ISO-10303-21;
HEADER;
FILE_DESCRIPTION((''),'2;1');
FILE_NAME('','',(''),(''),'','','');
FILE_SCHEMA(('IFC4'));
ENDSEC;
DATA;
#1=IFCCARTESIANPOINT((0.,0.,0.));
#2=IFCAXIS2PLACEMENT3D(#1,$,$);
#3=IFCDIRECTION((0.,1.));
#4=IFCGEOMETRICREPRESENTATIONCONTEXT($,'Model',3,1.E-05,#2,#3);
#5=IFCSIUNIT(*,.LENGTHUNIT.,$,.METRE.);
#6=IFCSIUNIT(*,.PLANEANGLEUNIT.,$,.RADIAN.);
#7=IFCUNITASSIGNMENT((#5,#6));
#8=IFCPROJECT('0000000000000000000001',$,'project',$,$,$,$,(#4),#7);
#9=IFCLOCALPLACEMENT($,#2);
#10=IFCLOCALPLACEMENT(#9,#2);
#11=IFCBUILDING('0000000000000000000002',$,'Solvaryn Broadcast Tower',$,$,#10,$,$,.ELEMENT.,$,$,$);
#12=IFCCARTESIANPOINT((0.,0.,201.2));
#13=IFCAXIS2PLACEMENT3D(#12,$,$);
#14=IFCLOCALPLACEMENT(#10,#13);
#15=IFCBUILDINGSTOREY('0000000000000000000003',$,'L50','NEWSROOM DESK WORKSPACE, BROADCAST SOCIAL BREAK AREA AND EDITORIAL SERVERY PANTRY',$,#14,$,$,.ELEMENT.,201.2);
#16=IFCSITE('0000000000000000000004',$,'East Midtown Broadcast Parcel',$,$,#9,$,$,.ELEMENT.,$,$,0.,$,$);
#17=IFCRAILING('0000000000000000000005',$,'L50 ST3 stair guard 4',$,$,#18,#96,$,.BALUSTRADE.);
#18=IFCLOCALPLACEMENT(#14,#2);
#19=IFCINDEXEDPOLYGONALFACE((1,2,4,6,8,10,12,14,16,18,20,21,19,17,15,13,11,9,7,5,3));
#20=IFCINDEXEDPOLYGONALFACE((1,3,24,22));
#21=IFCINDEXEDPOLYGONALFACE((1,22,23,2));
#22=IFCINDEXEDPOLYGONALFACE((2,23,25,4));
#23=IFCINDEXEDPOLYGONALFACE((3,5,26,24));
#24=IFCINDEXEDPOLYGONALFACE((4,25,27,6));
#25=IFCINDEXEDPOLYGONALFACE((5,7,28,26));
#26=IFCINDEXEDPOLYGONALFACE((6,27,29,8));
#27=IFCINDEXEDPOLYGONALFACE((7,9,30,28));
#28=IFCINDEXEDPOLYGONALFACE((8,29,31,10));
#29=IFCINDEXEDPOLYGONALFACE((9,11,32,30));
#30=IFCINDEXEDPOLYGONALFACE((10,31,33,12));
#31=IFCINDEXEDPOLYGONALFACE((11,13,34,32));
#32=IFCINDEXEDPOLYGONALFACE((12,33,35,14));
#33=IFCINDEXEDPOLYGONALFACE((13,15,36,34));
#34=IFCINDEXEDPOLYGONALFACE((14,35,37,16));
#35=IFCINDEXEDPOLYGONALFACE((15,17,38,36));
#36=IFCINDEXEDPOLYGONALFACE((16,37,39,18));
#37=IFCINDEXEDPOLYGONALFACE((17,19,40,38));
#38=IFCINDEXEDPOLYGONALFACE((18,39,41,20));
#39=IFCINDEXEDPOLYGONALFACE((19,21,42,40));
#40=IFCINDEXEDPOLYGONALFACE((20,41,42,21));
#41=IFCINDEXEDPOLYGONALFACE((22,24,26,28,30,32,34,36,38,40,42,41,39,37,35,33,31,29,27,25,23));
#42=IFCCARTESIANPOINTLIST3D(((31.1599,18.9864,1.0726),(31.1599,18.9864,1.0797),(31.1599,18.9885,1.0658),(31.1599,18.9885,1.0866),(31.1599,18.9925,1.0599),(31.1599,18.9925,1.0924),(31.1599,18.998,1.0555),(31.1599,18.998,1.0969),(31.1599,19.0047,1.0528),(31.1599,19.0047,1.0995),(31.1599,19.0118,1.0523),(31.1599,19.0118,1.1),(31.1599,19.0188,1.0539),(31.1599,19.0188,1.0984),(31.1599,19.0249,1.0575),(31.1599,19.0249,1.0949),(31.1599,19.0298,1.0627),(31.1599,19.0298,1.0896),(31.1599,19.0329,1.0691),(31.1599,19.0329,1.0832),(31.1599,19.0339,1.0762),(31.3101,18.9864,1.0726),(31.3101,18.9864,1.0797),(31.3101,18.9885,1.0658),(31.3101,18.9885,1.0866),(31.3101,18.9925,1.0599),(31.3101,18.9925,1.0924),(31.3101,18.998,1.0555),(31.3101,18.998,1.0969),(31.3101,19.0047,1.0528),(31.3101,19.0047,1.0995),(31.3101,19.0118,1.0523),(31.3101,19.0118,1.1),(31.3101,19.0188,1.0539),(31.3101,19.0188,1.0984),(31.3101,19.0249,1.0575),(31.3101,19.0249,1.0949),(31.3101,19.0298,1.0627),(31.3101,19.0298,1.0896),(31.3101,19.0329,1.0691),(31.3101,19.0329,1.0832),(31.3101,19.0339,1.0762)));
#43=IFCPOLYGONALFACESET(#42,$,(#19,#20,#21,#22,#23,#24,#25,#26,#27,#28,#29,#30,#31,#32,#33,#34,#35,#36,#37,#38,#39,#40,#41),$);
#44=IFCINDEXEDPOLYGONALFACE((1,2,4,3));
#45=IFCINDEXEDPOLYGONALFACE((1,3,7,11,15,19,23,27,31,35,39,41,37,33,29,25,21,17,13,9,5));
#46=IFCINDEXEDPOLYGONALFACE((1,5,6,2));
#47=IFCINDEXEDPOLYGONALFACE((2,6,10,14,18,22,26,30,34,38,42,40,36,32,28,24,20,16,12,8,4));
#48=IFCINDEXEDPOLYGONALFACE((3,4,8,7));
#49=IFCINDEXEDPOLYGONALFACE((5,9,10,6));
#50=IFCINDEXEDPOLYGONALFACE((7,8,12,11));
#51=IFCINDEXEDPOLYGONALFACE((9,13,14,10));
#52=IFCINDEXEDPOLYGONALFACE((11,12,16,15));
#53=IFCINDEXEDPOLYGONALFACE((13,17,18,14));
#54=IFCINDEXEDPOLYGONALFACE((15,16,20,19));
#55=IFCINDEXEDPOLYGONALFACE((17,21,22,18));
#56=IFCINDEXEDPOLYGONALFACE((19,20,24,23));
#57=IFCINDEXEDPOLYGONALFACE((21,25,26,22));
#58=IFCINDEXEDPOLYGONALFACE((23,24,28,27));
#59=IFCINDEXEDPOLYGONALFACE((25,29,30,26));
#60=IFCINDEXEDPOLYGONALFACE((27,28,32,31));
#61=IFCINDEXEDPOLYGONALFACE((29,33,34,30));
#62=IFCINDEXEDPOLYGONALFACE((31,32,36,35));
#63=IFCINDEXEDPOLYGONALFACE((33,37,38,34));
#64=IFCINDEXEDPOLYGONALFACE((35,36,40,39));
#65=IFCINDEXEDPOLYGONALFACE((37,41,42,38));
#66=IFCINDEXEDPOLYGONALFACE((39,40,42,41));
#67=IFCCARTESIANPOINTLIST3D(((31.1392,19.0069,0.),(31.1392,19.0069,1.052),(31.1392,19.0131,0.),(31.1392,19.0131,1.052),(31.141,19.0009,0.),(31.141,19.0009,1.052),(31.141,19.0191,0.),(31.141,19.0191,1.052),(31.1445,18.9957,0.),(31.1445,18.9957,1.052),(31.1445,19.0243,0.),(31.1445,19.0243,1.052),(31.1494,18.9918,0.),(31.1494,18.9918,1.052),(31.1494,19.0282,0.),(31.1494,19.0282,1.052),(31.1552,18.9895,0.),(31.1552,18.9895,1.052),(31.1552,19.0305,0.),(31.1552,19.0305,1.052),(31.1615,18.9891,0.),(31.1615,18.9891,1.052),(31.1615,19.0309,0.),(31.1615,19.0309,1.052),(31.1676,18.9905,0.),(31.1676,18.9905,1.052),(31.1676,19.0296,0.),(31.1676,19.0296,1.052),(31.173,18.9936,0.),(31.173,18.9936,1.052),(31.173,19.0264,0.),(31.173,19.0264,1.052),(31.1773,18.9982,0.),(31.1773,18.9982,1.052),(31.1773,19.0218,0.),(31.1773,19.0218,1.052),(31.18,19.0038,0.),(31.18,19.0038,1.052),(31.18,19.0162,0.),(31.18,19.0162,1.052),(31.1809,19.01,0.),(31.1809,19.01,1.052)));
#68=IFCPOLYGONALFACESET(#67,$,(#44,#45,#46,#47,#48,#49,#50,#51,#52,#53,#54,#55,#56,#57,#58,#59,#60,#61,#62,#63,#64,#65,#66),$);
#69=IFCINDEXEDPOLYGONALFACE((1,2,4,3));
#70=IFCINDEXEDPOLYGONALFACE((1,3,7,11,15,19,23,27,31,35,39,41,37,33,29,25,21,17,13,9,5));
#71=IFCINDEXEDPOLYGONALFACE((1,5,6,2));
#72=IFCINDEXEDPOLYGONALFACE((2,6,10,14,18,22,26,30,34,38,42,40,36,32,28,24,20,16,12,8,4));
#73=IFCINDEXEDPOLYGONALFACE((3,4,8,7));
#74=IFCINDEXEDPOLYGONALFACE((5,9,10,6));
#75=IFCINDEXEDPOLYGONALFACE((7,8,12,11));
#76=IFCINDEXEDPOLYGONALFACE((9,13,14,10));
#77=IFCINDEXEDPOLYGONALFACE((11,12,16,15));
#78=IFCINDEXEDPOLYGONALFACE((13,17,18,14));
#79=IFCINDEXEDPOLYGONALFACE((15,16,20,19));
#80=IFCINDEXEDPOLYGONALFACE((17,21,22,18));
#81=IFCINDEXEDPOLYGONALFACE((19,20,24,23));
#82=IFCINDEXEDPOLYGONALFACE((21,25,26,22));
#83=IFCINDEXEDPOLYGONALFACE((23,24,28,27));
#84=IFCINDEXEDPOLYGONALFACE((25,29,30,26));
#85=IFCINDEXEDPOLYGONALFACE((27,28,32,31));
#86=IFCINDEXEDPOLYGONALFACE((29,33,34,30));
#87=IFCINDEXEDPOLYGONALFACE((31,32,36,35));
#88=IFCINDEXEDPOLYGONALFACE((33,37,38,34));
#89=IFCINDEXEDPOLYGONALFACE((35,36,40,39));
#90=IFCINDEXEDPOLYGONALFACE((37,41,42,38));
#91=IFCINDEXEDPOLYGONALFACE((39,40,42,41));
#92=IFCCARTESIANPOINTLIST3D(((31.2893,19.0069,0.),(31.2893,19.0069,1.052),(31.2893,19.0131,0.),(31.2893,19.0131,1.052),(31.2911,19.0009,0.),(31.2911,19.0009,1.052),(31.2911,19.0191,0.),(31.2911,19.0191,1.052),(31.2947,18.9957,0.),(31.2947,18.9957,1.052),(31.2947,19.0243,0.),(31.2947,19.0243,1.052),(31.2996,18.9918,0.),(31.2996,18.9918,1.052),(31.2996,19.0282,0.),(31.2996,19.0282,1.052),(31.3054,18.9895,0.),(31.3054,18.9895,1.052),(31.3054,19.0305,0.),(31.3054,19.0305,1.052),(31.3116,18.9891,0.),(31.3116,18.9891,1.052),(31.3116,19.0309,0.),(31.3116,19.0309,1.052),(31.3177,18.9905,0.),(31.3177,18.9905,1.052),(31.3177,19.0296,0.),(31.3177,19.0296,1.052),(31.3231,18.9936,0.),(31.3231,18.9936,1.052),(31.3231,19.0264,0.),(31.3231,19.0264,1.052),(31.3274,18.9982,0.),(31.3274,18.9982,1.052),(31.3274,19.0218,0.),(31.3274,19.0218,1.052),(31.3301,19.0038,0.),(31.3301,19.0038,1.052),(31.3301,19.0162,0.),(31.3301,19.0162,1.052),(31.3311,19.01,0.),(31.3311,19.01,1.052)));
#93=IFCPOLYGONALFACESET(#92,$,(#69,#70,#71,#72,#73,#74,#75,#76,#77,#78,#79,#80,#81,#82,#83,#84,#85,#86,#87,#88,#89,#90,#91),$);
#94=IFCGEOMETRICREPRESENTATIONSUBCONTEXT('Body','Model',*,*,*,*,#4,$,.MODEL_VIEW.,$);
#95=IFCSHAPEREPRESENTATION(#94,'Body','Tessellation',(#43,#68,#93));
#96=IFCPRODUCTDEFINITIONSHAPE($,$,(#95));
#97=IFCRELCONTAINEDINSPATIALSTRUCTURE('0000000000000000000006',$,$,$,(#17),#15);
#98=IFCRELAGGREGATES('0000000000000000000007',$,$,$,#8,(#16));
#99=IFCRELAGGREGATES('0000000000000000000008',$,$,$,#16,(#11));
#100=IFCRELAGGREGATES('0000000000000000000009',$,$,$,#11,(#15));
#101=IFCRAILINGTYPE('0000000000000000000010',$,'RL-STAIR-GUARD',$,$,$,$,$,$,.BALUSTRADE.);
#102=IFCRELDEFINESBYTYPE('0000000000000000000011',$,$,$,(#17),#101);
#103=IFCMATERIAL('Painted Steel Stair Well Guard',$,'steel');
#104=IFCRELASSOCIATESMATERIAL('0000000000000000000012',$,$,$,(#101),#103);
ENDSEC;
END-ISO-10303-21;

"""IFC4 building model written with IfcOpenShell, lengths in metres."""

from ifc_helpers import new_model, si_unit, direction, frame, origin, origin_2d, place, context, subcontext, project, spatial, circle, extrude, material, type_object, element, save


model = new_model("IFC4")

# Units and contexts
model_context = context("Model", 3, precision=1e-05, world=origin(), true_north=direction((0.0, 1.0)))
body_context = subcontext(model_context, "Body", "Model", "MODEL_VIEW")
ifc_project = project(units=[si_unit("LENGTHUNIT", "METRE"), si_unit("PLANEANGLEUNIT", "RADIAN")], contexts=[model_context])

# Site, building, storey
site_placement = place(None, origin())
site = spatial("IfcSite", under=ifc_project, at=site_placement, Name="East Midtown Broadcast Parcel", CompositionType="ELEMENT", RefElevation=0.0)
building_placement = place(site_placement, origin())
building = spatial("IfcBuilding", under=site, at=building_placement, Name="Solvaryn Broadcast Tower", CompositionType="ELEMENT")
storey_placement = place(building_placement, frame((0.0, 0.0, 201.2)))
storey = spatial("IfcBuildingStorey", under=building, at=storey_placement, Name="L50", Description="NEWSROOM DESK WORKSPACE, BROADCAST SOCIAL BREAK AREA AND EDITORIAL SERVERY PANTRY", CompositionType="ELEMENT", Elevation=201.2)

# Railing
ifc_material_1 = material(Name="Painted Steel Stair Well Guard", Category="steel")
railing_type_1 = type_object("IfcRailingType", Name="RL-STAIR-GUARD", PredefinedType="BALUSTRADE", material=ifc_material_1)
railing_1_placement = place(storey_placement, frame((31.1599, 19.01, 0.0)))
element("IfcRailing", 1, at=railing_1_placement, inside=storey, type_object=railing_type_1, Name="L50 ST3 stair guard 4", PredefinedType="BALUSTRADE", context=body_context, shape_type="SweptSolid", body=[
    extrude(circle(Radius=0.0239, at=origin_2d()), frame((0.0, 0.0, 1.0762), z_axis=(1.0, 0.0, 0.0), x_axis=(0.0, 1.0, 0.0)), (0.0, 0.0, 1.0), 0.1501),
    extrude(circle(Radius=0.021, at=origin_2d()), origin(), (0.0, 0.0, 1.0), 1.052),
    extrude(circle(Radius=0.021, at=origin_2d()), frame((0.1501, 0.0, 0.0)), (0.0, 0.0, 1.0), 1.052),
])

save(model, "model.ifc")
